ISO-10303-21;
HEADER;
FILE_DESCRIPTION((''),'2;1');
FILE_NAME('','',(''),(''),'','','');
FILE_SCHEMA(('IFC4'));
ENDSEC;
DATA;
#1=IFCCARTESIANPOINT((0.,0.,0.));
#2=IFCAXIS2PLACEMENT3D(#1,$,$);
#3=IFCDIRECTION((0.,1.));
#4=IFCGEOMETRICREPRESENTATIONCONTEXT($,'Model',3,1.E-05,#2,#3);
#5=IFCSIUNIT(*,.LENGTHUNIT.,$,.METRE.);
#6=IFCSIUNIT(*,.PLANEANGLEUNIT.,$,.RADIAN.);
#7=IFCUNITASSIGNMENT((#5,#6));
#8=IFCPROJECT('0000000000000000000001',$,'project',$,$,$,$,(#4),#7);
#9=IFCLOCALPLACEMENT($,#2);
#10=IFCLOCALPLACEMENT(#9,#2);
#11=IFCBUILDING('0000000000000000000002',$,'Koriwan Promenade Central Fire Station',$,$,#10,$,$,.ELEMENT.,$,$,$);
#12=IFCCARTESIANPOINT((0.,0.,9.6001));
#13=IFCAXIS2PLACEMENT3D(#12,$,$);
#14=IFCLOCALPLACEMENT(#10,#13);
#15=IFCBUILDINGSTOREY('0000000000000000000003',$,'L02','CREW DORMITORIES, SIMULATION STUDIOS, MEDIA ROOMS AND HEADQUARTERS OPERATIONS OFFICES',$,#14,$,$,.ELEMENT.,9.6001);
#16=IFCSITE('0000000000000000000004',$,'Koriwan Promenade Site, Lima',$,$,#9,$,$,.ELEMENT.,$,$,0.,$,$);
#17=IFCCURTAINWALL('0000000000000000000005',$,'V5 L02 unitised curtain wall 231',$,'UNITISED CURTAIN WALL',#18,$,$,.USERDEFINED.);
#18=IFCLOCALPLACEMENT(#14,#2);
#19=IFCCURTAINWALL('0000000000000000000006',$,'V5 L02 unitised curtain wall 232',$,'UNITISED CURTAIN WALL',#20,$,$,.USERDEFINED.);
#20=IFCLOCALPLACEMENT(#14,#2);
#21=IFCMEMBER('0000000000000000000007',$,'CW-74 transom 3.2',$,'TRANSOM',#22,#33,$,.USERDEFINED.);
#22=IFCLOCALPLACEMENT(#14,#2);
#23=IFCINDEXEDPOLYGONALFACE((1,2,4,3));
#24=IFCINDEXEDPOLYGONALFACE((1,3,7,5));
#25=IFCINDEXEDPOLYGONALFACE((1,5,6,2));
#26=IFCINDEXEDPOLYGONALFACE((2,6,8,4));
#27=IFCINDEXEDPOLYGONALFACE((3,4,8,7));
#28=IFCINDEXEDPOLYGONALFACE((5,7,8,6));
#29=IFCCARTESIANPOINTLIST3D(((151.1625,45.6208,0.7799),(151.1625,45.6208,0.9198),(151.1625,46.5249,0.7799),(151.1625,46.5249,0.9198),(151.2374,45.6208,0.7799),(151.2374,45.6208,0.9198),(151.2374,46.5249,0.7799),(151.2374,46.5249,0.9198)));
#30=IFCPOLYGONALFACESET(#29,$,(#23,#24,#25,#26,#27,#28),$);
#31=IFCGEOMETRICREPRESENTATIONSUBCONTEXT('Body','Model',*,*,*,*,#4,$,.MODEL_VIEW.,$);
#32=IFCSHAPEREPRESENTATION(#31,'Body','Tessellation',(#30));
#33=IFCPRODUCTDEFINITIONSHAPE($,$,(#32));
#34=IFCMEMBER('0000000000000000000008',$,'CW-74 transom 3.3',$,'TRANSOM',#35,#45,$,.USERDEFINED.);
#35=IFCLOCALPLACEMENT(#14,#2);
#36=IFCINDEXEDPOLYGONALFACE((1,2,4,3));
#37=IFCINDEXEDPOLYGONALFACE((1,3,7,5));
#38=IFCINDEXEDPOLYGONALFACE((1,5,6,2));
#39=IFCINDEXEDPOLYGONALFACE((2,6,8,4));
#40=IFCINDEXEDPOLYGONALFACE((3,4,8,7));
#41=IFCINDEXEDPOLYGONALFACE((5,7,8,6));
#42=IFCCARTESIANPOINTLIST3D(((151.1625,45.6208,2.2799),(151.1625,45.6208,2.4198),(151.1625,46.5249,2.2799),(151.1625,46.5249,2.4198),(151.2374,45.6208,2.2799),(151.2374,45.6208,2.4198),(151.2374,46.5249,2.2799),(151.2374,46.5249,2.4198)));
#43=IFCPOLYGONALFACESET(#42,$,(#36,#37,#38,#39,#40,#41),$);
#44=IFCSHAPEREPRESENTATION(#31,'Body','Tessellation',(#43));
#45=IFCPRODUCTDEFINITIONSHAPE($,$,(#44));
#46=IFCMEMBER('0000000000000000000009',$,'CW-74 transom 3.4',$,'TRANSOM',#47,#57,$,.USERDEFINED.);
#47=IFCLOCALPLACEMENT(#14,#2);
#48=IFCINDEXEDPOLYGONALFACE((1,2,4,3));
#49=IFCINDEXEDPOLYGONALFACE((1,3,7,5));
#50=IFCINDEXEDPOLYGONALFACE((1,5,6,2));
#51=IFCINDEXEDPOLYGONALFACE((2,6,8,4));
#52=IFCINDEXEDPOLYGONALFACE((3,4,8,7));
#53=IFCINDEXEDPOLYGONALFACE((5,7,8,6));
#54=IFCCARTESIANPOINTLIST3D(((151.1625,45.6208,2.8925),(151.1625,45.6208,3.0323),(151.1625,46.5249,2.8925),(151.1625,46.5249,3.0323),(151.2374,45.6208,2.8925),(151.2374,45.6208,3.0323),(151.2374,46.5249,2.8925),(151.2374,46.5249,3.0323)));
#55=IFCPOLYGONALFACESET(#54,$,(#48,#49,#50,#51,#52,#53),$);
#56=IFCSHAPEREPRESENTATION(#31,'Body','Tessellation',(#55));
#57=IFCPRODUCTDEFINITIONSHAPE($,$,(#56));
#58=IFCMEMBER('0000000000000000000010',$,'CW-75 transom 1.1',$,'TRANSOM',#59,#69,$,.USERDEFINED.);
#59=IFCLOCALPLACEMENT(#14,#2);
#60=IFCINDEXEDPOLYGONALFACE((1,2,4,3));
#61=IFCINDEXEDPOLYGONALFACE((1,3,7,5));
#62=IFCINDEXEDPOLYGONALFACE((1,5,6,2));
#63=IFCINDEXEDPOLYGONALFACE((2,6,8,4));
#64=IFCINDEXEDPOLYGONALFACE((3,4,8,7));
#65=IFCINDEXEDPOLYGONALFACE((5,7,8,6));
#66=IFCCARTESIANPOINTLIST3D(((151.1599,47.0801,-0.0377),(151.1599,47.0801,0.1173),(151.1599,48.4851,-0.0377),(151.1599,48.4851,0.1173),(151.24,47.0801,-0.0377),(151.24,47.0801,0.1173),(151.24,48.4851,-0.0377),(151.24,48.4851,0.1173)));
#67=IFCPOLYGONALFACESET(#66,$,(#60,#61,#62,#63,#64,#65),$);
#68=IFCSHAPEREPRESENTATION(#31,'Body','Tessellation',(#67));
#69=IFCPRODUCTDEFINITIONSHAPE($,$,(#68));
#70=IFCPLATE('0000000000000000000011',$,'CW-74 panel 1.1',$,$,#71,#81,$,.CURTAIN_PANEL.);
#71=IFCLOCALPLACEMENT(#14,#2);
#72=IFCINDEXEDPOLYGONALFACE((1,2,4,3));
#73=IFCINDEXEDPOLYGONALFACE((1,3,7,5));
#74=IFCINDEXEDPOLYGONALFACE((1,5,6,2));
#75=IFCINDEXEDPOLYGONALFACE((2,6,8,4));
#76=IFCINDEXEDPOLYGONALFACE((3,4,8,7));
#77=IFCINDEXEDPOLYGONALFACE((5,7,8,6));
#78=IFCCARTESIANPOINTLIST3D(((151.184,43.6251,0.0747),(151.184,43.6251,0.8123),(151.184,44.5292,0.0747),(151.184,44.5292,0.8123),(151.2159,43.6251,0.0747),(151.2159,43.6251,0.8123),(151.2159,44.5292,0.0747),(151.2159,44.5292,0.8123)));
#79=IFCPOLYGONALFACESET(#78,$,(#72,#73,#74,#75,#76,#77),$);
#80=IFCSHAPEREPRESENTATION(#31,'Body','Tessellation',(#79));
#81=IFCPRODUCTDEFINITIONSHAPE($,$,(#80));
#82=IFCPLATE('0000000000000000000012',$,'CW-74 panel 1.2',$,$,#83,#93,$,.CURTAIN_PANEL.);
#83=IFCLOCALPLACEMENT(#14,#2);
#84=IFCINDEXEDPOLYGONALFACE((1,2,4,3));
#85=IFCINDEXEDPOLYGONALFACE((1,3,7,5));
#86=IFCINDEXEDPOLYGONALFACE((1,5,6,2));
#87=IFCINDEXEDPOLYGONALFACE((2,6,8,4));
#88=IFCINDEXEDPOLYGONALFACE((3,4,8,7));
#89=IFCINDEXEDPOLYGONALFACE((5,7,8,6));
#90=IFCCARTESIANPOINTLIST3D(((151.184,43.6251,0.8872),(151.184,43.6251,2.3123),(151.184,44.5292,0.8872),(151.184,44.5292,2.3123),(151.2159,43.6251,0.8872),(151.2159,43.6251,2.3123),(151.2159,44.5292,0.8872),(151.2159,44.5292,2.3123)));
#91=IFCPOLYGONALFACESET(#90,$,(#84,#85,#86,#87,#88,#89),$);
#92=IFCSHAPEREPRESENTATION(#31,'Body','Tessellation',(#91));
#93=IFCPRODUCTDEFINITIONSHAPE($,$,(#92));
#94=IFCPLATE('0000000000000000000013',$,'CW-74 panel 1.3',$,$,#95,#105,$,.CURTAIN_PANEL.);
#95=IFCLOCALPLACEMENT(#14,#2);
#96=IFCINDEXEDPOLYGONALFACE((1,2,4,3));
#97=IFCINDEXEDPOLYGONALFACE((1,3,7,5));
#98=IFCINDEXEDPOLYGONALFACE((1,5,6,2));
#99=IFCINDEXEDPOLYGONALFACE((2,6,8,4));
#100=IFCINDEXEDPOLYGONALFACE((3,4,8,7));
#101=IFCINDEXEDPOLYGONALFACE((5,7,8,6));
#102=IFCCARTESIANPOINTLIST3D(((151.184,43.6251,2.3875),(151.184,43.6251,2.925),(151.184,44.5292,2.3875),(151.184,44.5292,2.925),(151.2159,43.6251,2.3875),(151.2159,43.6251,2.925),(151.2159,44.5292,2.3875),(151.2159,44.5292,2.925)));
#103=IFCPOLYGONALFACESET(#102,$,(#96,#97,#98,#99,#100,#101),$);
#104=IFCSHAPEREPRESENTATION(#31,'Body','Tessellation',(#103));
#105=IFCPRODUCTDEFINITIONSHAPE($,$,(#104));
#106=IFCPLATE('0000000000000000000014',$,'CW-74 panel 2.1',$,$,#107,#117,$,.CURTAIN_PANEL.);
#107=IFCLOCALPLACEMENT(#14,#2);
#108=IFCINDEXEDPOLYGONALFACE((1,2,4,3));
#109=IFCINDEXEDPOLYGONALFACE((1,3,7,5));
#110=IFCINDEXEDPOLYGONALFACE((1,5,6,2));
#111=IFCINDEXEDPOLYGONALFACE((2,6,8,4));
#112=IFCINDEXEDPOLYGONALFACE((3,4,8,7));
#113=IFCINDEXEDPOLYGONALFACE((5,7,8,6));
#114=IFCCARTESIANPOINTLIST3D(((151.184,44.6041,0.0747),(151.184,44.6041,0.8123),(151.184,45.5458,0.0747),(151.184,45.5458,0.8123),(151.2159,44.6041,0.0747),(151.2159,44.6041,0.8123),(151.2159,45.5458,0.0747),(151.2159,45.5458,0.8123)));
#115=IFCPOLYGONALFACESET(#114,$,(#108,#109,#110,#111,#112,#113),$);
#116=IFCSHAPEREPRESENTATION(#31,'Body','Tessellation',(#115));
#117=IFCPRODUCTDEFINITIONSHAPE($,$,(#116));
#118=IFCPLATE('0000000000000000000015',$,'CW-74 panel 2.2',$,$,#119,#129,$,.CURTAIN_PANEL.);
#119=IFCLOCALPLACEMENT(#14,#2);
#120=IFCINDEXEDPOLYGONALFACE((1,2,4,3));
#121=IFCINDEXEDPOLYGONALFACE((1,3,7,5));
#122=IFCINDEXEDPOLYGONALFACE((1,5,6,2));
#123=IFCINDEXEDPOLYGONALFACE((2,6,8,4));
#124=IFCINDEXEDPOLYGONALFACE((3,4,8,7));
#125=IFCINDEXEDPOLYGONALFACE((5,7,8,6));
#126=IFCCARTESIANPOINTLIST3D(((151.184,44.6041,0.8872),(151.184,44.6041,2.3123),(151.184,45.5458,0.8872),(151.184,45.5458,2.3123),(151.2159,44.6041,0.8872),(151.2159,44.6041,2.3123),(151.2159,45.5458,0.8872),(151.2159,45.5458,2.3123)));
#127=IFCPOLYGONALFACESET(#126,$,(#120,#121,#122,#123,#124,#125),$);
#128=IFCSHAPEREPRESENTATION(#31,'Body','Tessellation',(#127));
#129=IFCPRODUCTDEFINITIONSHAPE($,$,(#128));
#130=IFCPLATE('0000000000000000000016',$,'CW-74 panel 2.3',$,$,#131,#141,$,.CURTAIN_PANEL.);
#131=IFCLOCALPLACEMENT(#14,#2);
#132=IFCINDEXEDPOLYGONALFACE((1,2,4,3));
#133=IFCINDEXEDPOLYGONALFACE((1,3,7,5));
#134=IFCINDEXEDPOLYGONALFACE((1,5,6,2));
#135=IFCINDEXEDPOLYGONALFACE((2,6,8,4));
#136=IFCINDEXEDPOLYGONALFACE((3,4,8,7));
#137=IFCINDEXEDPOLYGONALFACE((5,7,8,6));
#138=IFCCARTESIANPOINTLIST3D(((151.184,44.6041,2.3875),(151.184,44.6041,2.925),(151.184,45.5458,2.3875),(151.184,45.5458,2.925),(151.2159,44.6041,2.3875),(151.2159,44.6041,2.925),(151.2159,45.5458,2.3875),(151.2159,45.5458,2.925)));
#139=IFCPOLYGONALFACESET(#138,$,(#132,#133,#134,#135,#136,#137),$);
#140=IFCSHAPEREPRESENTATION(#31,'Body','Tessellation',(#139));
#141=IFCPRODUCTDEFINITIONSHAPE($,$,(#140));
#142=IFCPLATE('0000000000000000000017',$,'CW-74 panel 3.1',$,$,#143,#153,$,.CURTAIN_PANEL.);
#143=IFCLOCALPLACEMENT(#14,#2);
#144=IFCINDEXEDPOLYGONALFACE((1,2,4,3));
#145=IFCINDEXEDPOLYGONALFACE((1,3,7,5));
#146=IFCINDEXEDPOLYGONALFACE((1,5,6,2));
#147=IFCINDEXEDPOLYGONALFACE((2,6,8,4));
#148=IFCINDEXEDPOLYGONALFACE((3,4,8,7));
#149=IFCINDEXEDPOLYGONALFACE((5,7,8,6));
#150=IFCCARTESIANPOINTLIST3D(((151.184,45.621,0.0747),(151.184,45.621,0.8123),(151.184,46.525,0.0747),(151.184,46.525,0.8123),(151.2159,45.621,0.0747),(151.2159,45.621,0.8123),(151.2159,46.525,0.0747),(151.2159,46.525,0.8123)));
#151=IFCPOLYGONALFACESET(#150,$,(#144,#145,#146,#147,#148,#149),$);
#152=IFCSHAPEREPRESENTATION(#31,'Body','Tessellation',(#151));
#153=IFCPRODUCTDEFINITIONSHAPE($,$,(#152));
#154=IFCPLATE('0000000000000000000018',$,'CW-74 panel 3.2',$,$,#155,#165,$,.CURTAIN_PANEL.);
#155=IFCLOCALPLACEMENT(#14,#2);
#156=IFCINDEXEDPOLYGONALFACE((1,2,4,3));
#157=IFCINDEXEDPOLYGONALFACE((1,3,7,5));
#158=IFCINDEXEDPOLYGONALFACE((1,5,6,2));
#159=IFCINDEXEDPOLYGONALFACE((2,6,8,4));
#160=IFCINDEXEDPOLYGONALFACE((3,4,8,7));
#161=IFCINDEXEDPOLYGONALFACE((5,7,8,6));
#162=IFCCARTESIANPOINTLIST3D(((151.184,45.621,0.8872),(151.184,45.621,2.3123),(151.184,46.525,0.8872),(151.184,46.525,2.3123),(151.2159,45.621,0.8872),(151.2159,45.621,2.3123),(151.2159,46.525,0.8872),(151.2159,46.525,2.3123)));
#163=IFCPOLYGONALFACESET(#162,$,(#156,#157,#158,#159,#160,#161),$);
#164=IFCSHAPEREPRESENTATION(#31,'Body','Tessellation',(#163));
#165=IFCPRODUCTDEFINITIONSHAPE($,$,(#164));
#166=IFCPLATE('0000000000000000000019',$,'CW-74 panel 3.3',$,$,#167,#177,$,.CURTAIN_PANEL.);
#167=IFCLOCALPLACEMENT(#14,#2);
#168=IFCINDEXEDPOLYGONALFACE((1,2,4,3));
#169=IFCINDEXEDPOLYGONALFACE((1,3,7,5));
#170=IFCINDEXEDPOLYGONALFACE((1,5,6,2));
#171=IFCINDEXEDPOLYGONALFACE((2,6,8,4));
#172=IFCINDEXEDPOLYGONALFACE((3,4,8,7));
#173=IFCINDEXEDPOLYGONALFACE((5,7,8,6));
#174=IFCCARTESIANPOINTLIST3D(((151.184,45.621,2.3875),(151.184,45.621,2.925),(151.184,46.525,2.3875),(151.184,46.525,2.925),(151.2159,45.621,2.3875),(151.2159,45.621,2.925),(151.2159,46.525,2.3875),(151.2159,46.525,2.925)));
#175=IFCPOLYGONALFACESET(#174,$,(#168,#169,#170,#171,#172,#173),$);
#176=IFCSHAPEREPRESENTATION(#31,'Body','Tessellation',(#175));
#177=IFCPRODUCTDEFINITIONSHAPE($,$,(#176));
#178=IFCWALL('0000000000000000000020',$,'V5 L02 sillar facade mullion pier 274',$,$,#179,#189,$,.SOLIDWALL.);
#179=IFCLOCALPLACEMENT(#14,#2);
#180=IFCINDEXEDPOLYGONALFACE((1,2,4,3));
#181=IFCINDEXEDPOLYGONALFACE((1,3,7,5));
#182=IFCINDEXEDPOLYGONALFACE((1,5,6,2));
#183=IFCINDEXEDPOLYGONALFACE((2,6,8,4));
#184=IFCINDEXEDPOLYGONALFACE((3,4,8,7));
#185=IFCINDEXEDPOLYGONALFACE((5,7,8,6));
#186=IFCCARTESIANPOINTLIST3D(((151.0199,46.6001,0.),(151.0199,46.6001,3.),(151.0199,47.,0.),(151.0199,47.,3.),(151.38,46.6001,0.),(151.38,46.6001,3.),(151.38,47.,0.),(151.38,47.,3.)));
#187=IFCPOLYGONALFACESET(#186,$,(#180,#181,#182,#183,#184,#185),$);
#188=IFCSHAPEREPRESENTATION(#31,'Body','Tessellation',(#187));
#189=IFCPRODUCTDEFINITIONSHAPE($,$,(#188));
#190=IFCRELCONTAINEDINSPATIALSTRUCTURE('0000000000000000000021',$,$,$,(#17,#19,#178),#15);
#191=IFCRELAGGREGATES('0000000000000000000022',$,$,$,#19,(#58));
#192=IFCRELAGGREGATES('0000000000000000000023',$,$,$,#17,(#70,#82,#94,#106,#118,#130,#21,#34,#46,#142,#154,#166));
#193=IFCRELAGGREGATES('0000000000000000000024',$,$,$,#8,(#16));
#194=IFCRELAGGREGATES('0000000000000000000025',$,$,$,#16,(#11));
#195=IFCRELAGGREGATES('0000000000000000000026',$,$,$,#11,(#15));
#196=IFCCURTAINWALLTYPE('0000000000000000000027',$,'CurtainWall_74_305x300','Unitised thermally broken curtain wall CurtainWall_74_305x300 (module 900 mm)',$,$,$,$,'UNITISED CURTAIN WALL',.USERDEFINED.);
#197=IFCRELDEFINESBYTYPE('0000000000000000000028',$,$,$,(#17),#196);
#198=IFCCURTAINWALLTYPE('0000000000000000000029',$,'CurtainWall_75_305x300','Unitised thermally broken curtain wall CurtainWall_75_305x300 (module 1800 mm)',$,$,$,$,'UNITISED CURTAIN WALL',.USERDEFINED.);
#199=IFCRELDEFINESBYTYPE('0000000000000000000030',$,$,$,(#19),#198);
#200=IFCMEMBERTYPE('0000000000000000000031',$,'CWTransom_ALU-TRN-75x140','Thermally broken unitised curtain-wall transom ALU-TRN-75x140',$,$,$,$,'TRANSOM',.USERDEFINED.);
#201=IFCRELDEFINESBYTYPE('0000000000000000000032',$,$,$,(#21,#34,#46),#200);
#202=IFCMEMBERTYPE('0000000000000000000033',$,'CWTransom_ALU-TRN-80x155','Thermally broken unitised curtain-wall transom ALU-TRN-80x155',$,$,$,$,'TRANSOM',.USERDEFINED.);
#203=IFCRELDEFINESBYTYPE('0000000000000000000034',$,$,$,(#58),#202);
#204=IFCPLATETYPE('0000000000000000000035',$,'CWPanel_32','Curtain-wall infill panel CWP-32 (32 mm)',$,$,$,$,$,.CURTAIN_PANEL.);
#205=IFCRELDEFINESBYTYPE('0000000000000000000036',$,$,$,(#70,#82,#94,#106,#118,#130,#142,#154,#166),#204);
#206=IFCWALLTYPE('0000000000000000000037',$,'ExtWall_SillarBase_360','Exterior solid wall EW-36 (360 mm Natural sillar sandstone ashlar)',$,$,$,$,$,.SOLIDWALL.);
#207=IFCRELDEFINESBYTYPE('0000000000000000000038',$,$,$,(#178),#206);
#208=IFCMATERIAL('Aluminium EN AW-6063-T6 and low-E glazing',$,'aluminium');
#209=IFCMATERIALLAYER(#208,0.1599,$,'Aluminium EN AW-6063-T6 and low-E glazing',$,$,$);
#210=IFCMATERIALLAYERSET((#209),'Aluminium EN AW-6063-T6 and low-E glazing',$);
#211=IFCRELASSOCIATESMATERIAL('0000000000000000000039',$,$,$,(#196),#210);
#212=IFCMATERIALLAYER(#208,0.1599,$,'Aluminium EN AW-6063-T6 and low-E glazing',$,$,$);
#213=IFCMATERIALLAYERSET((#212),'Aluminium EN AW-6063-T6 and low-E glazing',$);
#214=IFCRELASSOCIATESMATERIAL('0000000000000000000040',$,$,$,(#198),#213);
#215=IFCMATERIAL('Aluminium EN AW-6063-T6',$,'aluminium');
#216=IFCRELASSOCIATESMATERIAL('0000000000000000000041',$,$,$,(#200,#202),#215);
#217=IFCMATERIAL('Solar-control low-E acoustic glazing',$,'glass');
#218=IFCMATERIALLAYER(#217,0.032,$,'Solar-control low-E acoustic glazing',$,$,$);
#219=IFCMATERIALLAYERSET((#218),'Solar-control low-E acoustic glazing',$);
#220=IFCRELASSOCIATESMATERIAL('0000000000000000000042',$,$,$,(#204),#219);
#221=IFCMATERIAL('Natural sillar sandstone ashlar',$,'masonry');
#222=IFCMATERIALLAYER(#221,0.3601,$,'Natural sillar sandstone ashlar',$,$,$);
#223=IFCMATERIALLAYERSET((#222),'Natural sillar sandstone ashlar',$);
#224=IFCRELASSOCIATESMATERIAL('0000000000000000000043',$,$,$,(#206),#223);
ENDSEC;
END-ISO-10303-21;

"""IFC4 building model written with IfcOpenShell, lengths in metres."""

from ifc_helpers import new_model, si_unit, direction, frame, frame_2d, origin, origin_2d, place, context, subcontext, project, spatial, rectangle, extrude, material, layer, layer_set, material_profile, profile_set, type_object, element, aggregate, save


model = new_model("IFC4")

# Units and contexts
model_context = context("Model", 3, precision=1e-05, world=origin(), true_north=direction((0.0, 1.0)))
body_context = subcontext(model_context, "Body", "Model", "MODEL_VIEW")
ifc_project = project(units=[si_unit("LENGTHUNIT", "METRE"), si_unit("PLANEANGLEUNIT", "RADIAN")], contexts=[model_context])

# Site, building, storey
site_placement = place(None, origin())
site = spatial("IfcSite", under=ifc_project, at=site_placement, Name="Koriwan Promenade Site, Lima", CompositionType="ELEMENT", RefElevation=0.0)
building_placement = place(site_placement, origin())
building = spatial("IfcBuilding", under=site, at=building_placement, Name="Koriwan Promenade Central Fire Station", CompositionType="ELEMENT")
storey_placement = place(building_placement, frame((0.0, 0.0, 9.6001)))
storey = spatial("IfcBuildingStorey", under=building, at=storey_placement, Name="L02", Description="CREW DORMITORIES, SIMULATION STUDIOS, MEDIA ROOMS AND HEADQUARTERS OPERATIONS OFFICES", CompositionType="ELEMENT", Elevation=9.6001)

# Curtain wall
ifc_material_1 = material(Name="Aluminium EN AW-6063-T6 and low-E glazing", Category="aluminium")
ifc_layer_1 = layer(ifc_material_1, 0.1599, Name="Aluminium EN AW-6063-T6 and low-E glazing")
ifc_layer_set_1 = layer_set([ifc_layer_1], Name="Aluminium EN AW-6063-T6 and low-E glazing")
curtain_wall_type_1 = type_object("IfcCurtainWallType", Name="CurtainWall_74_305x300", Description="Unitised thermally broken curtain wall CurtainWall_74_305x300 (module 900 mm)", ElementType="UNITISED CURTAIN WALL", PredefinedType="USERDEFINED", material=ifc_layer_set_1)
curtain_wall_1_placement = place(storey_placement, origin())
curtain_wall_1 = element("IfcCurtainWall", 1, at=curtain_wall_1_placement, inside=storey, type_object=curtain_wall_type_1, Name="V5 L02 unitised curtain wall 231", ObjectType="UNITISED CURTAIN WALL", PredefinedType="USERDEFINED")
ifc_material_2 = material(Name="Aluminium EN AW-6063-T6", Category="aluminium")

# Curtain wall
ifc_layer_2 = layer(ifc_material_1, 0.1599, Name="Aluminium EN AW-6063-T6 and low-E glazing")
ifc_layer_set_2 = layer_set([ifc_layer_2], Name="Aluminium EN AW-6063-T6 and low-E glazing")
curtain_wall_type_2 = type_object("IfcCurtainWallType", Name="CurtainWall_75_305x300", Description="Unitised thermally broken curtain wall CurtainWall_75_305x300 (module 1800 mm)", ElementType="UNITISED CURTAIN WALL", PredefinedType="USERDEFINED", material=ifc_layer_set_2)
curtain_wall_2_placement = place(storey_placement, origin())
curtain_wall_2 = element("IfcCurtainWall", 2, at=curtain_wall_2_placement, inside=storey, type_object=curtain_wall_type_2, Name="V5 L02 unitised curtain wall 232", ObjectType="UNITISED CURTAIN WALL", PredefinedType="USERDEFINED")

# Members
ifc_material_profile_1 = material_profile(ifc_material_2, rectangle(XDim=0.075, YDim=0.1399, at=origin_2d()), Name="ALU-TRN-75x140")
ifc_profile_set_1 = profile_set([ifc_material_profile_1], Name="Aluminium EN AW-6063-T6")
member_type_1 = type_object("IfcMemberType", Name="CWTransom_ALU-TRN-75x140", Description="Thermally broken unitised curtain-wall transom ALU-TRN-75x140", ElementType="TRANSOM", PredefinedType="USERDEFINED", material=ifc_profile_set_1)
member_1_placement = place(storey_placement, frame((151.2, 45.6208, 0.8499), z_axis=(0.0, 1.0, 0.0), x_axis=(-1.0, 0.0, 0.0)))
member_1 = element("IfcMember", 3, at=member_1_placement, type_object=member_type_1, Name="CW-74 transom 3.2", ObjectType="TRANSOM", PredefinedType="USERDEFINED", context=body_context, shape_type="SweptSolid", body=[
    extrude(rectangle(XDim=0.075, YDim=0.1399, at=origin_2d()), origin(), (0.0, 0.0, 1.0), 0.9041),
])
member_2_placement = place(storey_placement, frame((151.2, 45.6208, 2.3499), z_axis=(0.0, 1.0, 0.0), x_axis=(-1.0, 0.0, 0.0)))
member_2 = element("IfcMember", 4, at=member_2_placement, type_object=member_type_1, Name="CW-74 transom 3.3", ObjectType="TRANSOM", PredefinedType="USERDEFINED", context=body_context, shape_type="SweptSolid", body=[
    extrude(rectangle(XDim=0.075, YDim=0.1399, at=origin_2d()), origin(), (0.0, 0.0, 1.0), 0.9041),
])
member_3_placement = place(storey_placement, frame((151.2, 45.6208, 2.9624), z_axis=(0.0, 1.0, 0.0), x_axis=(-1.0, 0.0, 0.0)))
member_3 = element("IfcMember", 5, at=member_3_placement, type_object=member_type_1, Name="CW-74 transom 3.4", ObjectType="TRANSOM", PredefinedType="USERDEFINED", context=body_context, shape_type="SweptSolid", body=[
    extrude(rectangle(XDim=0.075, YDim=0.1399, at=origin_2d()), origin(), (0.0, 0.0, 1.0), 0.9041),
])
ifc_material_profile_2 = material_profile(ifc_material_2, rectangle(XDim=0.0801, YDim=0.155, at=origin_2d()), Name="ALU-TRN-80x155")
ifc_profile_set_2 = profile_set([ifc_material_profile_2], Name="Aluminium EN AW-6063-T6")
member_type_2 = type_object("IfcMemberType", Name="CWTransom_ALU-TRN-80x155", Description="Thermally broken unitised curtain-wall transom ALU-TRN-80x155", ElementType="TRANSOM", PredefinedType="USERDEFINED", material=ifc_profile_set_2)
member_4_placement = place(storey_placement, frame((151.2, 47.0801, 0.0398), z_axis=(0.0, 1.0, 0.0), x_axis=(-1.0, 0.0, 0.0)))
member_4 = element("IfcMember", 6, at=member_4_placement, type_object=member_type_2, Name="CW-75 transom 1.1", ObjectType="TRANSOM", PredefinedType="USERDEFINED", context=body_context, shape_type="SweptSolid", body=[
    extrude(rectangle(XDim=0.0801, YDim=0.155, at=origin_2d()), origin(), (0.0, 0.0, 1.0), 1.405),
])
aggregate(curtain_wall_2, [member_4])

# Plates
ifc_material_3 = material(Name="Solar-control low-E acoustic glazing", Category="glass")
ifc_layer_3 = layer(ifc_material_3, 0.032, Name="Solar-control low-E acoustic glazing")
ifc_layer_set_3 = layer_set([ifc_layer_3], Name="Solar-control low-E acoustic glazing")
plate_type = type_object("IfcPlateType", Name="CWPanel_32", Description="Curtain-wall infill panel CWP-32 (32 mm)", PredefinedType="CURTAIN_PANEL", material=ifc_layer_set_3)
plate_1_placement = place(storey_placement, frame((151.2, 44.0771, 0.0747), z_axis=(0.0, 0.0, 1.0), x_axis=(0.0, 1.0, 0.0)))
plate_1 = element("IfcPlate", 7, at=plate_1_placement, type_object=plate_type, Name="CW-74 panel 1.1", PredefinedType="CURTAIN_PANEL", context=body_context, shape_type="SweptSolid", body=[
    extrude(rectangle(XDim=0.9041, YDim=0.032, at=origin_2d()), origin(), (0.0, 0.0, 1.0), 0.7375),
])
plate_2_placement = place(storey_placement, frame((151.2, 44.0771, 0.8872), z_axis=(0.0, 0.0, 1.0), x_axis=(0.0, 1.0, 0.0)))
plate_2 = element("IfcPlate", 8, at=plate_2_placement, type_object=plate_type, Name="CW-74 panel 1.2", PredefinedType="CURTAIN_PANEL", context=body_context, shape_type="SweptSolid", body=[
    extrude(rectangle(XDim=0.9041, YDim=0.032, at=origin_2d()), origin(), (0.0, 0.0, 1.0), 1.425),
])
plate_3_placement = place(storey_placement, frame((151.2, 44.0771, 2.3875), z_axis=(0.0, 0.0, 1.0), x_axis=(0.0, 1.0, 0.0)))
plate_3 = element("IfcPlate", 9, at=plate_3_placement, type_object=plate_type, Name="CW-74 panel 1.3", PredefinedType="CURTAIN_PANEL", context=body_context, shape_type="SweptSolid", body=[
    extrude(rectangle(XDim=0.9041, YDim=0.032, at=origin_2d()), origin(), (0.0, 0.0, 1.0), 0.5376),
])
plate_4_placement = place(storey_placement, frame((151.2, 45.075, 0.0747), z_axis=(0.0, 0.0, 1.0), x_axis=(0.0, 1.0, 0.0)))
plate_4 = element("IfcPlate", 10, at=plate_4_placement, type_object=plate_type, Name="CW-74 panel 2.1", PredefinedType="CURTAIN_PANEL", context=body_context, shape_type="SweptSolid", body=[
    extrude(rectangle(XDim=0.9417, YDim=0.032, at=origin_2d()), origin(), (0.0, 0.0, 1.0), 0.7375),
])
plate_5_placement = place(storey_placement, frame((151.2, 45.075, 0.8872), z_axis=(0.0, 0.0, 1.0), x_axis=(0.0, 1.0, 0.0)))
plate_5 = element("IfcPlate", 11, at=plate_5_placement, type_object=plate_type, Name="CW-74 panel 2.2", PredefinedType="CURTAIN_PANEL", context=body_context, shape_type="SweptSolid", body=[
    extrude(rectangle(XDim=0.9417, YDim=0.032, at=origin_2d()), origin(), (0.0, 0.0, 1.0), 1.425),
])
plate_6_placement = place(storey_placement, frame((151.2, 45.075, 2.3875), z_axis=(0.0, 0.0, 1.0), x_axis=(0.0, 1.0, 0.0)))
plate_6 = element("IfcPlate", 12, at=plate_6_placement, type_object=plate_type, Name="CW-74 panel 2.3", PredefinedType="CURTAIN_PANEL", context=body_context, shape_type="SweptSolid", body=[
    extrude(rectangle(XDim=0.9417, YDim=0.032, at=origin_2d()), origin(), (0.0, 0.0, 1.0), 0.5376),
])
plate_7_placement = place(storey_placement, frame((151.2, 46.073, 0.0747), z_axis=(0.0, 0.0, 1.0), x_axis=(0.0, 1.0, 0.0)))
plate_7 = element("IfcPlate", 13, at=plate_7_placement, type_object=plate_type, Name="CW-74 panel 3.1", PredefinedType="CURTAIN_PANEL", context=body_context, shape_type="SweptSolid", body=[
    extrude(rectangle(XDim=0.9041, YDim=0.032, at=origin_2d()), origin(), (0.0, 0.0, 1.0), 0.7375),
])
plate_8_placement = place(storey_placement, frame((151.2, 46.073, 0.8872), z_axis=(0.0, 0.0, 1.0), x_axis=(0.0, 1.0, 0.0)))
plate_8 = element("IfcPlate", 14, at=plate_8_placement, type_object=plate_type, Name="CW-74 panel 3.2", PredefinedType="CURTAIN_PANEL", context=body_context, shape_type="SweptSolid", body=[
    extrude(rectangle(XDim=0.9041, YDim=0.032, at=origin_2d()), origin(), (0.0, 0.0, 1.0), 1.425),
])
plate_9_placement = place(storey_placement, frame((151.2, 46.073, 2.3875), z_axis=(0.0, 0.0, 1.0), x_axis=(0.0, 1.0, 0.0)))
plate_9 = element("IfcPlate", 15, at=plate_9_placement, type_object=plate_type, Name="CW-74 panel 3.3", PredefinedType="CURTAIN_PANEL", context=body_context, shape_type="SweptSolid", body=[
    extrude(rectangle(XDim=0.9041, YDim=0.032, at=origin_2d()), origin(), (0.0, 0.0, 1.0), 0.5376),
])
aggregate(curtain_wall_1, [plate_1, plate_2, plate_3, plate_4, plate_5, plate_6, member_1, member_2, member_3, plate_7, plate_8, plate_9])

# Wall
ifc_material_4 = material(Name="Natural sillar sandstone ashlar", Category="masonry")
ifc_layer_4 = layer(ifc_material_4, 0.3601, Name="Natural sillar sandstone ashlar")
ifc_layer_set_4 = layer_set([ifc_layer_4], Name="Natural sillar sandstone ashlar")
wall_type = type_object("IfcWallType", Name="ExtWall_SillarBase_360", Description="Exterior solid wall EW-36 (360 mm Natural sillar sandstone ashlar)", PredefinedType="SOLIDWALL", material=ifc_layer_set_4)
wall_placement = place(storey_placement, frame((151.2, 46.6001, 0.0), z_axis=(0.0, 0.0, 1.0), x_axis=(0.0, 1.0, 0.0)))
element("IfcWall", 16, at=wall_placement, inside=storey, type_object=wall_type, Name="V5 L02 sillar facade mullion pier 274", PredefinedType="SOLIDWALL", context=body_context, shape_type="SweptSolid", body=[
    extrude(rectangle(XDim=0.3999, YDim=0.3601, at=frame_2d((0.2, 0.0))), origin(), (0.0, 0.0, 1.0), 3.0),
])

save(model, "model.ifc")
